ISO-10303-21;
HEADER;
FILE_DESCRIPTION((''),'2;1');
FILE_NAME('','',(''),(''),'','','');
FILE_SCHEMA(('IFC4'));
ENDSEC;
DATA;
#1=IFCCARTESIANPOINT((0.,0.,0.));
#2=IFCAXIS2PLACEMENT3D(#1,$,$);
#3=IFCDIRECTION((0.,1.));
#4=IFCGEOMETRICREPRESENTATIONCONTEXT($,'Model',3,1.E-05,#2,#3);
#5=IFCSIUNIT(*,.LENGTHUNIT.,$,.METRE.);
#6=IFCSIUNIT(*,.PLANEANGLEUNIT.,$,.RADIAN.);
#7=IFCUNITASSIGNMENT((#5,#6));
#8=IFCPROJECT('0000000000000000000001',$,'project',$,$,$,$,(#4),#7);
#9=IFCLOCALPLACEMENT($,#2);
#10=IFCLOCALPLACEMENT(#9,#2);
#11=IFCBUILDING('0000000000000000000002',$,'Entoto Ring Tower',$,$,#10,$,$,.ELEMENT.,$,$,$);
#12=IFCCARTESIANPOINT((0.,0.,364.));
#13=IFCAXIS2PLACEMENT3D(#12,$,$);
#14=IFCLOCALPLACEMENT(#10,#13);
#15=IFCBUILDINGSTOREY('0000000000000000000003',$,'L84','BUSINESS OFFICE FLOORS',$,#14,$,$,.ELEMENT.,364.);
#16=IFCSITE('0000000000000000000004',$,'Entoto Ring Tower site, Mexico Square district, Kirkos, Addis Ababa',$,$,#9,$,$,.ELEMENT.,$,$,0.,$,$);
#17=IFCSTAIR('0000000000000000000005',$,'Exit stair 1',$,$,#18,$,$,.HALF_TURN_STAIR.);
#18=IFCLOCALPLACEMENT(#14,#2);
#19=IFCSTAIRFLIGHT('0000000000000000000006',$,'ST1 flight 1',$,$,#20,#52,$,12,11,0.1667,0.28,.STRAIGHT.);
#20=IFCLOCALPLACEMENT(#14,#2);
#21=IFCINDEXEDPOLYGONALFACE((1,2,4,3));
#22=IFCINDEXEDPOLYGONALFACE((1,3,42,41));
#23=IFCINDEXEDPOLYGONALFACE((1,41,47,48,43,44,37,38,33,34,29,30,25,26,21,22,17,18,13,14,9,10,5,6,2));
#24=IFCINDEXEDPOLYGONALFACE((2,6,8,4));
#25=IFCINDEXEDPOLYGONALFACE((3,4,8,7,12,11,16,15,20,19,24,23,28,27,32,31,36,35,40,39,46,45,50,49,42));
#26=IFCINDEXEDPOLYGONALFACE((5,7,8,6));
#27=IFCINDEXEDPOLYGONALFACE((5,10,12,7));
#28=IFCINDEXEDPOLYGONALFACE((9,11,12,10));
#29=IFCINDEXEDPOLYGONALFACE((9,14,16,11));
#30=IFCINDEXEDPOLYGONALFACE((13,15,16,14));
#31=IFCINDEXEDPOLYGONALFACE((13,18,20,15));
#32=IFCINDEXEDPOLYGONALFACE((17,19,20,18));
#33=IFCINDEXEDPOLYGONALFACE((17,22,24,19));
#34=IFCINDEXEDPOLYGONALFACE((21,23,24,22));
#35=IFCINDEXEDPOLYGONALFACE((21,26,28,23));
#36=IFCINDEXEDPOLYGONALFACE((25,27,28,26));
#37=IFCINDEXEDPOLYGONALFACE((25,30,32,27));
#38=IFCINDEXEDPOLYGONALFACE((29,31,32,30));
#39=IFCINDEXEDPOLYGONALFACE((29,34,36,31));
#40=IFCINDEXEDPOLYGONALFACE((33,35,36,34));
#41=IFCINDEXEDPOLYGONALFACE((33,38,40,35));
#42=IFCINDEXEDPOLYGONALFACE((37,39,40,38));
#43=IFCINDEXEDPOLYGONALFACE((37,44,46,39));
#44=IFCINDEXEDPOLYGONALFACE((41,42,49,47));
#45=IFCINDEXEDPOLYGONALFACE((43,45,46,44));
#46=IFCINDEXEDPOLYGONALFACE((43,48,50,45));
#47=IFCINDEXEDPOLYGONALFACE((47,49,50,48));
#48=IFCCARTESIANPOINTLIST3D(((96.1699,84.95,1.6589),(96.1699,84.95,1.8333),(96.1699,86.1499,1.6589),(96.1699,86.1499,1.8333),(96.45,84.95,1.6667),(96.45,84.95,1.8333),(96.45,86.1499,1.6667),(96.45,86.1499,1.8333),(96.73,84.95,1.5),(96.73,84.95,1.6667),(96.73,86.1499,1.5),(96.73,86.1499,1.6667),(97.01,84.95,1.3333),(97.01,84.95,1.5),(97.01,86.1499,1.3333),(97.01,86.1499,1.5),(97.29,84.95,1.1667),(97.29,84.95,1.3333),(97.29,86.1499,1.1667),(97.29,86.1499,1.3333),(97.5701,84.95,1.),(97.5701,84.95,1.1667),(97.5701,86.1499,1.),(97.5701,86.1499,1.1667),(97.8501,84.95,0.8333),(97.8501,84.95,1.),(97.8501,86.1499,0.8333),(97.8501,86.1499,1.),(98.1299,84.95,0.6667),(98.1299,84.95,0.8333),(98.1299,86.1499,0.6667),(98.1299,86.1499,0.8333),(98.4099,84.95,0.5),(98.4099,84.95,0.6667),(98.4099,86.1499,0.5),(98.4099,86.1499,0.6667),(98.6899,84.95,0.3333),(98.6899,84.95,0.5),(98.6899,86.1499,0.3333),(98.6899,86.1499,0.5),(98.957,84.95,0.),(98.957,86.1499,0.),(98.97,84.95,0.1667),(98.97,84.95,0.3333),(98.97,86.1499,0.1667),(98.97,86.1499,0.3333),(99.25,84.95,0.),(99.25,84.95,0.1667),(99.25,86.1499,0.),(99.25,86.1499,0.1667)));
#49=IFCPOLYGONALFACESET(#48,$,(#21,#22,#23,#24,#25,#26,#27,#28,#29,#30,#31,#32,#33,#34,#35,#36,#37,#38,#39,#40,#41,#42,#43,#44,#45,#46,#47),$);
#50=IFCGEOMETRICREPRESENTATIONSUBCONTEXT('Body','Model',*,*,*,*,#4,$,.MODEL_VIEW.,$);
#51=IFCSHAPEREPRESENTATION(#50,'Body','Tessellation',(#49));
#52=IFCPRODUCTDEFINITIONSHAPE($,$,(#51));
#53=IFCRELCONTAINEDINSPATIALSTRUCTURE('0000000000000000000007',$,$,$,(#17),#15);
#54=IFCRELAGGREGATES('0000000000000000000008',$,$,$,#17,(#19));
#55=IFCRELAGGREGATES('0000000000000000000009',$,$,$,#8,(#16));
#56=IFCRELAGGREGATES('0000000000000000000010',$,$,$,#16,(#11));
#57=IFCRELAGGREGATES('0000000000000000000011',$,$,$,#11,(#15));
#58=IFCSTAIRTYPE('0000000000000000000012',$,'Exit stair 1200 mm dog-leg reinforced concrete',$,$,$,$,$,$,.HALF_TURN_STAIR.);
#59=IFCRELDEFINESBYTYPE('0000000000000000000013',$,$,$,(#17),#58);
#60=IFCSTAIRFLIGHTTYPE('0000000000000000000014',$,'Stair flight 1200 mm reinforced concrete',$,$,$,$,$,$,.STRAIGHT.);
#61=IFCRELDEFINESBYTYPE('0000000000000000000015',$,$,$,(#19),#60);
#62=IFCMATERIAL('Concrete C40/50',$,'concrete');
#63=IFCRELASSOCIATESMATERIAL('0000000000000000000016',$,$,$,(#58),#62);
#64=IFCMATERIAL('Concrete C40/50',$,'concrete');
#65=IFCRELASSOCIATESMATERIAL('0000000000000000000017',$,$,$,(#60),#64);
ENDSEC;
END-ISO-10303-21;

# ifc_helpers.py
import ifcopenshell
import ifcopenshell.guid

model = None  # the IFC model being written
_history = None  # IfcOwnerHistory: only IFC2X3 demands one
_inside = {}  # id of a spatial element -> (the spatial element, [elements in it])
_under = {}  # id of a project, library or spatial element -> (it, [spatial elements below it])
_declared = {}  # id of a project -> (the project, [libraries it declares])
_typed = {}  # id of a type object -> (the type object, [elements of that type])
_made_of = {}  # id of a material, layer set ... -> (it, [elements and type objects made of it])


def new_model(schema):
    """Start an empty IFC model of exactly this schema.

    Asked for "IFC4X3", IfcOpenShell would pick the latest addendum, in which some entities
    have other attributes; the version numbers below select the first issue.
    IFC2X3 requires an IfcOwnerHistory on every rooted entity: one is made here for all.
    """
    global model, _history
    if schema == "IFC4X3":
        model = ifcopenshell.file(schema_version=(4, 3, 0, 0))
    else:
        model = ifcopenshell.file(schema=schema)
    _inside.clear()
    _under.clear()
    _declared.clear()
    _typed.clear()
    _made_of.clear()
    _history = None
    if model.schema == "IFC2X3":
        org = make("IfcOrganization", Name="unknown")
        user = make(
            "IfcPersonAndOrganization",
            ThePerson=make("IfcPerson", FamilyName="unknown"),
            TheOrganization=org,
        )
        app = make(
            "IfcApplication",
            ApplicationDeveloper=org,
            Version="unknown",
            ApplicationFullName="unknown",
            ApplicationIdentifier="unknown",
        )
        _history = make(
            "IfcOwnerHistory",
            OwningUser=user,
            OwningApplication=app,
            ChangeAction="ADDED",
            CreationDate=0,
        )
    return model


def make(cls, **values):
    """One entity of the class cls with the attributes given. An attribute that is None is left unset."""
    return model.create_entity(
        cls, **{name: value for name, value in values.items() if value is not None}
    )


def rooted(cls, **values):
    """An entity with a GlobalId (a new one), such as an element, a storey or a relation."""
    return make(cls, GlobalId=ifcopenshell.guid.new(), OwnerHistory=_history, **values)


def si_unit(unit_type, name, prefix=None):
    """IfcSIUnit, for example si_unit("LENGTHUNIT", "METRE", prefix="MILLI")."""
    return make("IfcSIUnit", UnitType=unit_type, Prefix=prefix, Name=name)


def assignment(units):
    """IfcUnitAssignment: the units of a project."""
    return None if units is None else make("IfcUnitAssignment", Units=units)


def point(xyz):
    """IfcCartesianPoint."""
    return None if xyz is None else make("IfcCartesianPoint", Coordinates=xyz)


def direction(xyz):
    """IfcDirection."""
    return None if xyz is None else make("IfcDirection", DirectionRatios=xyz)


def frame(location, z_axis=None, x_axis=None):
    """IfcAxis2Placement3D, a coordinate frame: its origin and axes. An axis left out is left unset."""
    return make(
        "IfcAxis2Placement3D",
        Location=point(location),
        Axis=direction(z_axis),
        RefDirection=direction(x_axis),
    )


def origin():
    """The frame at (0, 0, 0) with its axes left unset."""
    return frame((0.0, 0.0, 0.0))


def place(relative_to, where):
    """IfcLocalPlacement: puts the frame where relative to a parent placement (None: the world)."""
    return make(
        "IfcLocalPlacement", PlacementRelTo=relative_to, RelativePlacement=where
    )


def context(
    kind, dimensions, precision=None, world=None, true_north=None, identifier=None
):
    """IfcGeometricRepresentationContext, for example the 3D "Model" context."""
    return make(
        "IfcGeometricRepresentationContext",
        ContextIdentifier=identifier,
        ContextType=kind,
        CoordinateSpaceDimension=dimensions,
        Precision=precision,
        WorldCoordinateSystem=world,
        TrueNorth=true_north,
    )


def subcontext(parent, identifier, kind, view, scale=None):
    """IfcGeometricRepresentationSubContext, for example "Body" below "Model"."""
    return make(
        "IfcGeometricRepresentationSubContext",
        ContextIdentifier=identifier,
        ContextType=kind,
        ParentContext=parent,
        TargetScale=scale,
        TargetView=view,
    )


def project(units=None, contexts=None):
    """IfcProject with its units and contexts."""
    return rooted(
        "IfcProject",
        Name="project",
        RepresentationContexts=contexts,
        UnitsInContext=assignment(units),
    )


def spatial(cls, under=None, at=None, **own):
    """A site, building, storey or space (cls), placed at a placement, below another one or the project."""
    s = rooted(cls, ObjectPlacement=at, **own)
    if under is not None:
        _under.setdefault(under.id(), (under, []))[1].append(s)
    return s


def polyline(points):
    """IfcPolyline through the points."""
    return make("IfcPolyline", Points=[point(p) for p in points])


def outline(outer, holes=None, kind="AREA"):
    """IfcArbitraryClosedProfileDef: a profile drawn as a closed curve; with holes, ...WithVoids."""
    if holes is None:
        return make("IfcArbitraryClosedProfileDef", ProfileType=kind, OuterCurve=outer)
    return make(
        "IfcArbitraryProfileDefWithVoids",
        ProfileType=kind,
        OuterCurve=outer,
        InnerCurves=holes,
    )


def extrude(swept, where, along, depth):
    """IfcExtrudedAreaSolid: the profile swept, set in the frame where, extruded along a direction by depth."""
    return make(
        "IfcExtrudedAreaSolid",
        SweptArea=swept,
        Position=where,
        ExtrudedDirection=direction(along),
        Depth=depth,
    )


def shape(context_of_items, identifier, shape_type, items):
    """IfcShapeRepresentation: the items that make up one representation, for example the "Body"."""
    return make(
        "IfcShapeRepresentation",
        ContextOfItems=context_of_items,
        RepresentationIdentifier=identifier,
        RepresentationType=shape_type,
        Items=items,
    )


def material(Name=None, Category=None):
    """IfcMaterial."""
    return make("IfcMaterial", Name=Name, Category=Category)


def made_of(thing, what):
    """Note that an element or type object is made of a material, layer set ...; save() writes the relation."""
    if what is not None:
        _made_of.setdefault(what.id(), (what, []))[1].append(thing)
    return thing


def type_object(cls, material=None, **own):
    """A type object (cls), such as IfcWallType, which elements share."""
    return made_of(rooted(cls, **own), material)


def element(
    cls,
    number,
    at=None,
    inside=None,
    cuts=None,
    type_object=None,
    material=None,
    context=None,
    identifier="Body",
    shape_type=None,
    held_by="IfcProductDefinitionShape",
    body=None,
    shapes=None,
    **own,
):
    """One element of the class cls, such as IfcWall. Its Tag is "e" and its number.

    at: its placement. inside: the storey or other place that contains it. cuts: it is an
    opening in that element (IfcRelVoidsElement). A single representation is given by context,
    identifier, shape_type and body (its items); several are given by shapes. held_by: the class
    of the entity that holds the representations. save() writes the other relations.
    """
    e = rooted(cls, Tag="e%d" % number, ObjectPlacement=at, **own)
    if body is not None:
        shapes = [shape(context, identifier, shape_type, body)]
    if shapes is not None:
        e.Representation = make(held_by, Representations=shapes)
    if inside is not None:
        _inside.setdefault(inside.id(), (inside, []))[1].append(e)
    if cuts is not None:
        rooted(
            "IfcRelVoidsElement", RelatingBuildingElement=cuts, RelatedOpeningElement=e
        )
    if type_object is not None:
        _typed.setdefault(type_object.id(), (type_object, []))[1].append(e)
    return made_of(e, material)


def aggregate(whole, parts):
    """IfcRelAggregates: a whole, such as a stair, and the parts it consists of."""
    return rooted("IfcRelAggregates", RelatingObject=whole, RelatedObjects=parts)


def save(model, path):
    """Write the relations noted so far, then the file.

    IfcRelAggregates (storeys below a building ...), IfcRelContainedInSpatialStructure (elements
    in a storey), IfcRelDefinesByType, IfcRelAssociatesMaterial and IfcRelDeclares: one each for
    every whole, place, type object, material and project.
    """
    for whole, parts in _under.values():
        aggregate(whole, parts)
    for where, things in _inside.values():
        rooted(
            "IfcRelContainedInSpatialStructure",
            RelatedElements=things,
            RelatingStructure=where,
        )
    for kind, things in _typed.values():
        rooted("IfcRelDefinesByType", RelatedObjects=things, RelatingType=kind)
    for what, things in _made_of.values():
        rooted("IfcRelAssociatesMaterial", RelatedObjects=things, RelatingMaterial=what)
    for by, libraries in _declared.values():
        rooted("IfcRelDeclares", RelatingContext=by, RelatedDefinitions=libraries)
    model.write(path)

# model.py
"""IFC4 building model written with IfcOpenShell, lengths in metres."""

from ifc_helpers import new_model, si_unit, direction, frame, origin, place, context, subcontext, project, spatial, polyline, outline, extrude, material, type_object, element, aggregate, save


model = new_model("IFC4")

# Units and contexts
model_context = context("Model", 3, precision=1e-05, world=origin(), true_north=direction((0.0, 1.0)))
body_context = subcontext(model_context, "Body", "Model", "MODEL_VIEW")
ifc_project = project(units=[si_unit("LENGTHUNIT", "METRE"), si_unit("PLANEANGLEUNIT", "RADIAN")], contexts=[model_context])

# Site, building, storey
site_placement = place(None, origin())
site = spatial("IfcSite", under=ifc_project, at=site_placement, Name="Entoto Ring Tower site, Mexico Square district, Kirkos, Addis Ababa", CompositionType="ELEMENT", RefElevation=0.0)
building_placement = place(site_placement, origin())
building = spatial("IfcBuilding", under=site, at=building_placement, Name="Entoto Ring Tower", CompositionType="ELEMENT")
storey_placement = place(building_placement, frame((0.0, 0.0, 364.0)))
storey = spatial("IfcBuildingStorey", under=building, at=storey_placement, Name="L84", Description="BUSINESS OFFICE FLOORS", CompositionType="ELEMENT", Elevation=364.0)

# Stair, stair flight
ifc_material_1 = material(Name="Concrete C40/50", Category="concrete")
stair_type = type_object("IfcStairType", Name="Exit stair 1200 mm dog-leg reinforced concrete", PredefinedType="HALF_TURN_STAIR", material=ifc_material_1)
stair_placement = place(storey_placement, origin())
stair = element("IfcStair", 1, at=stair_placement, inside=storey, type_object=stair_type, Name="Exit stair 1", PredefinedType="HALF_TURN_STAIR")
ifc_material_2 = material(Name="Concrete C40/50", Category="concrete")
stair_flight_type = type_object("IfcStairFlightType", Name="Stair flight 1200 mm reinforced concrete", PredefinedType="STRAIGHT", material=ifc_material_2)
stair_flight_placement = place(storey_placement, frame((99.25, 85.55, 0.0), z_axis=(0.0, 0.0, 1.0), x_axis=(-1.0, 0.0, 0.0)))
stair_flight = element("IfcStairFlight", 2, at=stair_flight_placement, type_object=stair_flight_type, Name="ST1 flight 1", NumberOfRisers=12, NumberOfTreads=11, PredefinedType="STRAIGHT", RiserHeight=0.1667, TreadLength=0.28, context=body_context, shape_type="SweptSolid", body=[
    extrude(outline(polyline([(0.0, 0.0), (0.0, 0.1667), (0.28, 0.1667), (0.28, 0.3333), (0.5601, 0.3333), (0.5601, 0.5), (0.8401, 0.5), (0.8401, 0.6667), (1.1201, 0.6667), (1.1201, 0.8333), (1.3999, 0.8333), (1.3999, 1.0), (1.6799, 1.0), (1.6799, 1.1667), (1.96, 1.1667), (1.96, 1.3333), (2.24, 1.3333), (2.24, 1.5), (2.52, 1.5), (2.52, 1.6667), (2.8, 1.6667), (2.8, 1.8333), (3.0801, 1.8333), (3.0801, 2.0), (3.0801, 1.6589), (0.293, 0.0), (0.0, 0.0)])), frame((0.0, 0.6001, 0.0), z_axis=(0.0, -1.0, 0.0), x_axis=(1.0, 0.0, 0.0)), (0.0, 0.0, 1.0), 1.2),
])
aggregate(stair, [stair_flight])

save(model, "model.ifc")
